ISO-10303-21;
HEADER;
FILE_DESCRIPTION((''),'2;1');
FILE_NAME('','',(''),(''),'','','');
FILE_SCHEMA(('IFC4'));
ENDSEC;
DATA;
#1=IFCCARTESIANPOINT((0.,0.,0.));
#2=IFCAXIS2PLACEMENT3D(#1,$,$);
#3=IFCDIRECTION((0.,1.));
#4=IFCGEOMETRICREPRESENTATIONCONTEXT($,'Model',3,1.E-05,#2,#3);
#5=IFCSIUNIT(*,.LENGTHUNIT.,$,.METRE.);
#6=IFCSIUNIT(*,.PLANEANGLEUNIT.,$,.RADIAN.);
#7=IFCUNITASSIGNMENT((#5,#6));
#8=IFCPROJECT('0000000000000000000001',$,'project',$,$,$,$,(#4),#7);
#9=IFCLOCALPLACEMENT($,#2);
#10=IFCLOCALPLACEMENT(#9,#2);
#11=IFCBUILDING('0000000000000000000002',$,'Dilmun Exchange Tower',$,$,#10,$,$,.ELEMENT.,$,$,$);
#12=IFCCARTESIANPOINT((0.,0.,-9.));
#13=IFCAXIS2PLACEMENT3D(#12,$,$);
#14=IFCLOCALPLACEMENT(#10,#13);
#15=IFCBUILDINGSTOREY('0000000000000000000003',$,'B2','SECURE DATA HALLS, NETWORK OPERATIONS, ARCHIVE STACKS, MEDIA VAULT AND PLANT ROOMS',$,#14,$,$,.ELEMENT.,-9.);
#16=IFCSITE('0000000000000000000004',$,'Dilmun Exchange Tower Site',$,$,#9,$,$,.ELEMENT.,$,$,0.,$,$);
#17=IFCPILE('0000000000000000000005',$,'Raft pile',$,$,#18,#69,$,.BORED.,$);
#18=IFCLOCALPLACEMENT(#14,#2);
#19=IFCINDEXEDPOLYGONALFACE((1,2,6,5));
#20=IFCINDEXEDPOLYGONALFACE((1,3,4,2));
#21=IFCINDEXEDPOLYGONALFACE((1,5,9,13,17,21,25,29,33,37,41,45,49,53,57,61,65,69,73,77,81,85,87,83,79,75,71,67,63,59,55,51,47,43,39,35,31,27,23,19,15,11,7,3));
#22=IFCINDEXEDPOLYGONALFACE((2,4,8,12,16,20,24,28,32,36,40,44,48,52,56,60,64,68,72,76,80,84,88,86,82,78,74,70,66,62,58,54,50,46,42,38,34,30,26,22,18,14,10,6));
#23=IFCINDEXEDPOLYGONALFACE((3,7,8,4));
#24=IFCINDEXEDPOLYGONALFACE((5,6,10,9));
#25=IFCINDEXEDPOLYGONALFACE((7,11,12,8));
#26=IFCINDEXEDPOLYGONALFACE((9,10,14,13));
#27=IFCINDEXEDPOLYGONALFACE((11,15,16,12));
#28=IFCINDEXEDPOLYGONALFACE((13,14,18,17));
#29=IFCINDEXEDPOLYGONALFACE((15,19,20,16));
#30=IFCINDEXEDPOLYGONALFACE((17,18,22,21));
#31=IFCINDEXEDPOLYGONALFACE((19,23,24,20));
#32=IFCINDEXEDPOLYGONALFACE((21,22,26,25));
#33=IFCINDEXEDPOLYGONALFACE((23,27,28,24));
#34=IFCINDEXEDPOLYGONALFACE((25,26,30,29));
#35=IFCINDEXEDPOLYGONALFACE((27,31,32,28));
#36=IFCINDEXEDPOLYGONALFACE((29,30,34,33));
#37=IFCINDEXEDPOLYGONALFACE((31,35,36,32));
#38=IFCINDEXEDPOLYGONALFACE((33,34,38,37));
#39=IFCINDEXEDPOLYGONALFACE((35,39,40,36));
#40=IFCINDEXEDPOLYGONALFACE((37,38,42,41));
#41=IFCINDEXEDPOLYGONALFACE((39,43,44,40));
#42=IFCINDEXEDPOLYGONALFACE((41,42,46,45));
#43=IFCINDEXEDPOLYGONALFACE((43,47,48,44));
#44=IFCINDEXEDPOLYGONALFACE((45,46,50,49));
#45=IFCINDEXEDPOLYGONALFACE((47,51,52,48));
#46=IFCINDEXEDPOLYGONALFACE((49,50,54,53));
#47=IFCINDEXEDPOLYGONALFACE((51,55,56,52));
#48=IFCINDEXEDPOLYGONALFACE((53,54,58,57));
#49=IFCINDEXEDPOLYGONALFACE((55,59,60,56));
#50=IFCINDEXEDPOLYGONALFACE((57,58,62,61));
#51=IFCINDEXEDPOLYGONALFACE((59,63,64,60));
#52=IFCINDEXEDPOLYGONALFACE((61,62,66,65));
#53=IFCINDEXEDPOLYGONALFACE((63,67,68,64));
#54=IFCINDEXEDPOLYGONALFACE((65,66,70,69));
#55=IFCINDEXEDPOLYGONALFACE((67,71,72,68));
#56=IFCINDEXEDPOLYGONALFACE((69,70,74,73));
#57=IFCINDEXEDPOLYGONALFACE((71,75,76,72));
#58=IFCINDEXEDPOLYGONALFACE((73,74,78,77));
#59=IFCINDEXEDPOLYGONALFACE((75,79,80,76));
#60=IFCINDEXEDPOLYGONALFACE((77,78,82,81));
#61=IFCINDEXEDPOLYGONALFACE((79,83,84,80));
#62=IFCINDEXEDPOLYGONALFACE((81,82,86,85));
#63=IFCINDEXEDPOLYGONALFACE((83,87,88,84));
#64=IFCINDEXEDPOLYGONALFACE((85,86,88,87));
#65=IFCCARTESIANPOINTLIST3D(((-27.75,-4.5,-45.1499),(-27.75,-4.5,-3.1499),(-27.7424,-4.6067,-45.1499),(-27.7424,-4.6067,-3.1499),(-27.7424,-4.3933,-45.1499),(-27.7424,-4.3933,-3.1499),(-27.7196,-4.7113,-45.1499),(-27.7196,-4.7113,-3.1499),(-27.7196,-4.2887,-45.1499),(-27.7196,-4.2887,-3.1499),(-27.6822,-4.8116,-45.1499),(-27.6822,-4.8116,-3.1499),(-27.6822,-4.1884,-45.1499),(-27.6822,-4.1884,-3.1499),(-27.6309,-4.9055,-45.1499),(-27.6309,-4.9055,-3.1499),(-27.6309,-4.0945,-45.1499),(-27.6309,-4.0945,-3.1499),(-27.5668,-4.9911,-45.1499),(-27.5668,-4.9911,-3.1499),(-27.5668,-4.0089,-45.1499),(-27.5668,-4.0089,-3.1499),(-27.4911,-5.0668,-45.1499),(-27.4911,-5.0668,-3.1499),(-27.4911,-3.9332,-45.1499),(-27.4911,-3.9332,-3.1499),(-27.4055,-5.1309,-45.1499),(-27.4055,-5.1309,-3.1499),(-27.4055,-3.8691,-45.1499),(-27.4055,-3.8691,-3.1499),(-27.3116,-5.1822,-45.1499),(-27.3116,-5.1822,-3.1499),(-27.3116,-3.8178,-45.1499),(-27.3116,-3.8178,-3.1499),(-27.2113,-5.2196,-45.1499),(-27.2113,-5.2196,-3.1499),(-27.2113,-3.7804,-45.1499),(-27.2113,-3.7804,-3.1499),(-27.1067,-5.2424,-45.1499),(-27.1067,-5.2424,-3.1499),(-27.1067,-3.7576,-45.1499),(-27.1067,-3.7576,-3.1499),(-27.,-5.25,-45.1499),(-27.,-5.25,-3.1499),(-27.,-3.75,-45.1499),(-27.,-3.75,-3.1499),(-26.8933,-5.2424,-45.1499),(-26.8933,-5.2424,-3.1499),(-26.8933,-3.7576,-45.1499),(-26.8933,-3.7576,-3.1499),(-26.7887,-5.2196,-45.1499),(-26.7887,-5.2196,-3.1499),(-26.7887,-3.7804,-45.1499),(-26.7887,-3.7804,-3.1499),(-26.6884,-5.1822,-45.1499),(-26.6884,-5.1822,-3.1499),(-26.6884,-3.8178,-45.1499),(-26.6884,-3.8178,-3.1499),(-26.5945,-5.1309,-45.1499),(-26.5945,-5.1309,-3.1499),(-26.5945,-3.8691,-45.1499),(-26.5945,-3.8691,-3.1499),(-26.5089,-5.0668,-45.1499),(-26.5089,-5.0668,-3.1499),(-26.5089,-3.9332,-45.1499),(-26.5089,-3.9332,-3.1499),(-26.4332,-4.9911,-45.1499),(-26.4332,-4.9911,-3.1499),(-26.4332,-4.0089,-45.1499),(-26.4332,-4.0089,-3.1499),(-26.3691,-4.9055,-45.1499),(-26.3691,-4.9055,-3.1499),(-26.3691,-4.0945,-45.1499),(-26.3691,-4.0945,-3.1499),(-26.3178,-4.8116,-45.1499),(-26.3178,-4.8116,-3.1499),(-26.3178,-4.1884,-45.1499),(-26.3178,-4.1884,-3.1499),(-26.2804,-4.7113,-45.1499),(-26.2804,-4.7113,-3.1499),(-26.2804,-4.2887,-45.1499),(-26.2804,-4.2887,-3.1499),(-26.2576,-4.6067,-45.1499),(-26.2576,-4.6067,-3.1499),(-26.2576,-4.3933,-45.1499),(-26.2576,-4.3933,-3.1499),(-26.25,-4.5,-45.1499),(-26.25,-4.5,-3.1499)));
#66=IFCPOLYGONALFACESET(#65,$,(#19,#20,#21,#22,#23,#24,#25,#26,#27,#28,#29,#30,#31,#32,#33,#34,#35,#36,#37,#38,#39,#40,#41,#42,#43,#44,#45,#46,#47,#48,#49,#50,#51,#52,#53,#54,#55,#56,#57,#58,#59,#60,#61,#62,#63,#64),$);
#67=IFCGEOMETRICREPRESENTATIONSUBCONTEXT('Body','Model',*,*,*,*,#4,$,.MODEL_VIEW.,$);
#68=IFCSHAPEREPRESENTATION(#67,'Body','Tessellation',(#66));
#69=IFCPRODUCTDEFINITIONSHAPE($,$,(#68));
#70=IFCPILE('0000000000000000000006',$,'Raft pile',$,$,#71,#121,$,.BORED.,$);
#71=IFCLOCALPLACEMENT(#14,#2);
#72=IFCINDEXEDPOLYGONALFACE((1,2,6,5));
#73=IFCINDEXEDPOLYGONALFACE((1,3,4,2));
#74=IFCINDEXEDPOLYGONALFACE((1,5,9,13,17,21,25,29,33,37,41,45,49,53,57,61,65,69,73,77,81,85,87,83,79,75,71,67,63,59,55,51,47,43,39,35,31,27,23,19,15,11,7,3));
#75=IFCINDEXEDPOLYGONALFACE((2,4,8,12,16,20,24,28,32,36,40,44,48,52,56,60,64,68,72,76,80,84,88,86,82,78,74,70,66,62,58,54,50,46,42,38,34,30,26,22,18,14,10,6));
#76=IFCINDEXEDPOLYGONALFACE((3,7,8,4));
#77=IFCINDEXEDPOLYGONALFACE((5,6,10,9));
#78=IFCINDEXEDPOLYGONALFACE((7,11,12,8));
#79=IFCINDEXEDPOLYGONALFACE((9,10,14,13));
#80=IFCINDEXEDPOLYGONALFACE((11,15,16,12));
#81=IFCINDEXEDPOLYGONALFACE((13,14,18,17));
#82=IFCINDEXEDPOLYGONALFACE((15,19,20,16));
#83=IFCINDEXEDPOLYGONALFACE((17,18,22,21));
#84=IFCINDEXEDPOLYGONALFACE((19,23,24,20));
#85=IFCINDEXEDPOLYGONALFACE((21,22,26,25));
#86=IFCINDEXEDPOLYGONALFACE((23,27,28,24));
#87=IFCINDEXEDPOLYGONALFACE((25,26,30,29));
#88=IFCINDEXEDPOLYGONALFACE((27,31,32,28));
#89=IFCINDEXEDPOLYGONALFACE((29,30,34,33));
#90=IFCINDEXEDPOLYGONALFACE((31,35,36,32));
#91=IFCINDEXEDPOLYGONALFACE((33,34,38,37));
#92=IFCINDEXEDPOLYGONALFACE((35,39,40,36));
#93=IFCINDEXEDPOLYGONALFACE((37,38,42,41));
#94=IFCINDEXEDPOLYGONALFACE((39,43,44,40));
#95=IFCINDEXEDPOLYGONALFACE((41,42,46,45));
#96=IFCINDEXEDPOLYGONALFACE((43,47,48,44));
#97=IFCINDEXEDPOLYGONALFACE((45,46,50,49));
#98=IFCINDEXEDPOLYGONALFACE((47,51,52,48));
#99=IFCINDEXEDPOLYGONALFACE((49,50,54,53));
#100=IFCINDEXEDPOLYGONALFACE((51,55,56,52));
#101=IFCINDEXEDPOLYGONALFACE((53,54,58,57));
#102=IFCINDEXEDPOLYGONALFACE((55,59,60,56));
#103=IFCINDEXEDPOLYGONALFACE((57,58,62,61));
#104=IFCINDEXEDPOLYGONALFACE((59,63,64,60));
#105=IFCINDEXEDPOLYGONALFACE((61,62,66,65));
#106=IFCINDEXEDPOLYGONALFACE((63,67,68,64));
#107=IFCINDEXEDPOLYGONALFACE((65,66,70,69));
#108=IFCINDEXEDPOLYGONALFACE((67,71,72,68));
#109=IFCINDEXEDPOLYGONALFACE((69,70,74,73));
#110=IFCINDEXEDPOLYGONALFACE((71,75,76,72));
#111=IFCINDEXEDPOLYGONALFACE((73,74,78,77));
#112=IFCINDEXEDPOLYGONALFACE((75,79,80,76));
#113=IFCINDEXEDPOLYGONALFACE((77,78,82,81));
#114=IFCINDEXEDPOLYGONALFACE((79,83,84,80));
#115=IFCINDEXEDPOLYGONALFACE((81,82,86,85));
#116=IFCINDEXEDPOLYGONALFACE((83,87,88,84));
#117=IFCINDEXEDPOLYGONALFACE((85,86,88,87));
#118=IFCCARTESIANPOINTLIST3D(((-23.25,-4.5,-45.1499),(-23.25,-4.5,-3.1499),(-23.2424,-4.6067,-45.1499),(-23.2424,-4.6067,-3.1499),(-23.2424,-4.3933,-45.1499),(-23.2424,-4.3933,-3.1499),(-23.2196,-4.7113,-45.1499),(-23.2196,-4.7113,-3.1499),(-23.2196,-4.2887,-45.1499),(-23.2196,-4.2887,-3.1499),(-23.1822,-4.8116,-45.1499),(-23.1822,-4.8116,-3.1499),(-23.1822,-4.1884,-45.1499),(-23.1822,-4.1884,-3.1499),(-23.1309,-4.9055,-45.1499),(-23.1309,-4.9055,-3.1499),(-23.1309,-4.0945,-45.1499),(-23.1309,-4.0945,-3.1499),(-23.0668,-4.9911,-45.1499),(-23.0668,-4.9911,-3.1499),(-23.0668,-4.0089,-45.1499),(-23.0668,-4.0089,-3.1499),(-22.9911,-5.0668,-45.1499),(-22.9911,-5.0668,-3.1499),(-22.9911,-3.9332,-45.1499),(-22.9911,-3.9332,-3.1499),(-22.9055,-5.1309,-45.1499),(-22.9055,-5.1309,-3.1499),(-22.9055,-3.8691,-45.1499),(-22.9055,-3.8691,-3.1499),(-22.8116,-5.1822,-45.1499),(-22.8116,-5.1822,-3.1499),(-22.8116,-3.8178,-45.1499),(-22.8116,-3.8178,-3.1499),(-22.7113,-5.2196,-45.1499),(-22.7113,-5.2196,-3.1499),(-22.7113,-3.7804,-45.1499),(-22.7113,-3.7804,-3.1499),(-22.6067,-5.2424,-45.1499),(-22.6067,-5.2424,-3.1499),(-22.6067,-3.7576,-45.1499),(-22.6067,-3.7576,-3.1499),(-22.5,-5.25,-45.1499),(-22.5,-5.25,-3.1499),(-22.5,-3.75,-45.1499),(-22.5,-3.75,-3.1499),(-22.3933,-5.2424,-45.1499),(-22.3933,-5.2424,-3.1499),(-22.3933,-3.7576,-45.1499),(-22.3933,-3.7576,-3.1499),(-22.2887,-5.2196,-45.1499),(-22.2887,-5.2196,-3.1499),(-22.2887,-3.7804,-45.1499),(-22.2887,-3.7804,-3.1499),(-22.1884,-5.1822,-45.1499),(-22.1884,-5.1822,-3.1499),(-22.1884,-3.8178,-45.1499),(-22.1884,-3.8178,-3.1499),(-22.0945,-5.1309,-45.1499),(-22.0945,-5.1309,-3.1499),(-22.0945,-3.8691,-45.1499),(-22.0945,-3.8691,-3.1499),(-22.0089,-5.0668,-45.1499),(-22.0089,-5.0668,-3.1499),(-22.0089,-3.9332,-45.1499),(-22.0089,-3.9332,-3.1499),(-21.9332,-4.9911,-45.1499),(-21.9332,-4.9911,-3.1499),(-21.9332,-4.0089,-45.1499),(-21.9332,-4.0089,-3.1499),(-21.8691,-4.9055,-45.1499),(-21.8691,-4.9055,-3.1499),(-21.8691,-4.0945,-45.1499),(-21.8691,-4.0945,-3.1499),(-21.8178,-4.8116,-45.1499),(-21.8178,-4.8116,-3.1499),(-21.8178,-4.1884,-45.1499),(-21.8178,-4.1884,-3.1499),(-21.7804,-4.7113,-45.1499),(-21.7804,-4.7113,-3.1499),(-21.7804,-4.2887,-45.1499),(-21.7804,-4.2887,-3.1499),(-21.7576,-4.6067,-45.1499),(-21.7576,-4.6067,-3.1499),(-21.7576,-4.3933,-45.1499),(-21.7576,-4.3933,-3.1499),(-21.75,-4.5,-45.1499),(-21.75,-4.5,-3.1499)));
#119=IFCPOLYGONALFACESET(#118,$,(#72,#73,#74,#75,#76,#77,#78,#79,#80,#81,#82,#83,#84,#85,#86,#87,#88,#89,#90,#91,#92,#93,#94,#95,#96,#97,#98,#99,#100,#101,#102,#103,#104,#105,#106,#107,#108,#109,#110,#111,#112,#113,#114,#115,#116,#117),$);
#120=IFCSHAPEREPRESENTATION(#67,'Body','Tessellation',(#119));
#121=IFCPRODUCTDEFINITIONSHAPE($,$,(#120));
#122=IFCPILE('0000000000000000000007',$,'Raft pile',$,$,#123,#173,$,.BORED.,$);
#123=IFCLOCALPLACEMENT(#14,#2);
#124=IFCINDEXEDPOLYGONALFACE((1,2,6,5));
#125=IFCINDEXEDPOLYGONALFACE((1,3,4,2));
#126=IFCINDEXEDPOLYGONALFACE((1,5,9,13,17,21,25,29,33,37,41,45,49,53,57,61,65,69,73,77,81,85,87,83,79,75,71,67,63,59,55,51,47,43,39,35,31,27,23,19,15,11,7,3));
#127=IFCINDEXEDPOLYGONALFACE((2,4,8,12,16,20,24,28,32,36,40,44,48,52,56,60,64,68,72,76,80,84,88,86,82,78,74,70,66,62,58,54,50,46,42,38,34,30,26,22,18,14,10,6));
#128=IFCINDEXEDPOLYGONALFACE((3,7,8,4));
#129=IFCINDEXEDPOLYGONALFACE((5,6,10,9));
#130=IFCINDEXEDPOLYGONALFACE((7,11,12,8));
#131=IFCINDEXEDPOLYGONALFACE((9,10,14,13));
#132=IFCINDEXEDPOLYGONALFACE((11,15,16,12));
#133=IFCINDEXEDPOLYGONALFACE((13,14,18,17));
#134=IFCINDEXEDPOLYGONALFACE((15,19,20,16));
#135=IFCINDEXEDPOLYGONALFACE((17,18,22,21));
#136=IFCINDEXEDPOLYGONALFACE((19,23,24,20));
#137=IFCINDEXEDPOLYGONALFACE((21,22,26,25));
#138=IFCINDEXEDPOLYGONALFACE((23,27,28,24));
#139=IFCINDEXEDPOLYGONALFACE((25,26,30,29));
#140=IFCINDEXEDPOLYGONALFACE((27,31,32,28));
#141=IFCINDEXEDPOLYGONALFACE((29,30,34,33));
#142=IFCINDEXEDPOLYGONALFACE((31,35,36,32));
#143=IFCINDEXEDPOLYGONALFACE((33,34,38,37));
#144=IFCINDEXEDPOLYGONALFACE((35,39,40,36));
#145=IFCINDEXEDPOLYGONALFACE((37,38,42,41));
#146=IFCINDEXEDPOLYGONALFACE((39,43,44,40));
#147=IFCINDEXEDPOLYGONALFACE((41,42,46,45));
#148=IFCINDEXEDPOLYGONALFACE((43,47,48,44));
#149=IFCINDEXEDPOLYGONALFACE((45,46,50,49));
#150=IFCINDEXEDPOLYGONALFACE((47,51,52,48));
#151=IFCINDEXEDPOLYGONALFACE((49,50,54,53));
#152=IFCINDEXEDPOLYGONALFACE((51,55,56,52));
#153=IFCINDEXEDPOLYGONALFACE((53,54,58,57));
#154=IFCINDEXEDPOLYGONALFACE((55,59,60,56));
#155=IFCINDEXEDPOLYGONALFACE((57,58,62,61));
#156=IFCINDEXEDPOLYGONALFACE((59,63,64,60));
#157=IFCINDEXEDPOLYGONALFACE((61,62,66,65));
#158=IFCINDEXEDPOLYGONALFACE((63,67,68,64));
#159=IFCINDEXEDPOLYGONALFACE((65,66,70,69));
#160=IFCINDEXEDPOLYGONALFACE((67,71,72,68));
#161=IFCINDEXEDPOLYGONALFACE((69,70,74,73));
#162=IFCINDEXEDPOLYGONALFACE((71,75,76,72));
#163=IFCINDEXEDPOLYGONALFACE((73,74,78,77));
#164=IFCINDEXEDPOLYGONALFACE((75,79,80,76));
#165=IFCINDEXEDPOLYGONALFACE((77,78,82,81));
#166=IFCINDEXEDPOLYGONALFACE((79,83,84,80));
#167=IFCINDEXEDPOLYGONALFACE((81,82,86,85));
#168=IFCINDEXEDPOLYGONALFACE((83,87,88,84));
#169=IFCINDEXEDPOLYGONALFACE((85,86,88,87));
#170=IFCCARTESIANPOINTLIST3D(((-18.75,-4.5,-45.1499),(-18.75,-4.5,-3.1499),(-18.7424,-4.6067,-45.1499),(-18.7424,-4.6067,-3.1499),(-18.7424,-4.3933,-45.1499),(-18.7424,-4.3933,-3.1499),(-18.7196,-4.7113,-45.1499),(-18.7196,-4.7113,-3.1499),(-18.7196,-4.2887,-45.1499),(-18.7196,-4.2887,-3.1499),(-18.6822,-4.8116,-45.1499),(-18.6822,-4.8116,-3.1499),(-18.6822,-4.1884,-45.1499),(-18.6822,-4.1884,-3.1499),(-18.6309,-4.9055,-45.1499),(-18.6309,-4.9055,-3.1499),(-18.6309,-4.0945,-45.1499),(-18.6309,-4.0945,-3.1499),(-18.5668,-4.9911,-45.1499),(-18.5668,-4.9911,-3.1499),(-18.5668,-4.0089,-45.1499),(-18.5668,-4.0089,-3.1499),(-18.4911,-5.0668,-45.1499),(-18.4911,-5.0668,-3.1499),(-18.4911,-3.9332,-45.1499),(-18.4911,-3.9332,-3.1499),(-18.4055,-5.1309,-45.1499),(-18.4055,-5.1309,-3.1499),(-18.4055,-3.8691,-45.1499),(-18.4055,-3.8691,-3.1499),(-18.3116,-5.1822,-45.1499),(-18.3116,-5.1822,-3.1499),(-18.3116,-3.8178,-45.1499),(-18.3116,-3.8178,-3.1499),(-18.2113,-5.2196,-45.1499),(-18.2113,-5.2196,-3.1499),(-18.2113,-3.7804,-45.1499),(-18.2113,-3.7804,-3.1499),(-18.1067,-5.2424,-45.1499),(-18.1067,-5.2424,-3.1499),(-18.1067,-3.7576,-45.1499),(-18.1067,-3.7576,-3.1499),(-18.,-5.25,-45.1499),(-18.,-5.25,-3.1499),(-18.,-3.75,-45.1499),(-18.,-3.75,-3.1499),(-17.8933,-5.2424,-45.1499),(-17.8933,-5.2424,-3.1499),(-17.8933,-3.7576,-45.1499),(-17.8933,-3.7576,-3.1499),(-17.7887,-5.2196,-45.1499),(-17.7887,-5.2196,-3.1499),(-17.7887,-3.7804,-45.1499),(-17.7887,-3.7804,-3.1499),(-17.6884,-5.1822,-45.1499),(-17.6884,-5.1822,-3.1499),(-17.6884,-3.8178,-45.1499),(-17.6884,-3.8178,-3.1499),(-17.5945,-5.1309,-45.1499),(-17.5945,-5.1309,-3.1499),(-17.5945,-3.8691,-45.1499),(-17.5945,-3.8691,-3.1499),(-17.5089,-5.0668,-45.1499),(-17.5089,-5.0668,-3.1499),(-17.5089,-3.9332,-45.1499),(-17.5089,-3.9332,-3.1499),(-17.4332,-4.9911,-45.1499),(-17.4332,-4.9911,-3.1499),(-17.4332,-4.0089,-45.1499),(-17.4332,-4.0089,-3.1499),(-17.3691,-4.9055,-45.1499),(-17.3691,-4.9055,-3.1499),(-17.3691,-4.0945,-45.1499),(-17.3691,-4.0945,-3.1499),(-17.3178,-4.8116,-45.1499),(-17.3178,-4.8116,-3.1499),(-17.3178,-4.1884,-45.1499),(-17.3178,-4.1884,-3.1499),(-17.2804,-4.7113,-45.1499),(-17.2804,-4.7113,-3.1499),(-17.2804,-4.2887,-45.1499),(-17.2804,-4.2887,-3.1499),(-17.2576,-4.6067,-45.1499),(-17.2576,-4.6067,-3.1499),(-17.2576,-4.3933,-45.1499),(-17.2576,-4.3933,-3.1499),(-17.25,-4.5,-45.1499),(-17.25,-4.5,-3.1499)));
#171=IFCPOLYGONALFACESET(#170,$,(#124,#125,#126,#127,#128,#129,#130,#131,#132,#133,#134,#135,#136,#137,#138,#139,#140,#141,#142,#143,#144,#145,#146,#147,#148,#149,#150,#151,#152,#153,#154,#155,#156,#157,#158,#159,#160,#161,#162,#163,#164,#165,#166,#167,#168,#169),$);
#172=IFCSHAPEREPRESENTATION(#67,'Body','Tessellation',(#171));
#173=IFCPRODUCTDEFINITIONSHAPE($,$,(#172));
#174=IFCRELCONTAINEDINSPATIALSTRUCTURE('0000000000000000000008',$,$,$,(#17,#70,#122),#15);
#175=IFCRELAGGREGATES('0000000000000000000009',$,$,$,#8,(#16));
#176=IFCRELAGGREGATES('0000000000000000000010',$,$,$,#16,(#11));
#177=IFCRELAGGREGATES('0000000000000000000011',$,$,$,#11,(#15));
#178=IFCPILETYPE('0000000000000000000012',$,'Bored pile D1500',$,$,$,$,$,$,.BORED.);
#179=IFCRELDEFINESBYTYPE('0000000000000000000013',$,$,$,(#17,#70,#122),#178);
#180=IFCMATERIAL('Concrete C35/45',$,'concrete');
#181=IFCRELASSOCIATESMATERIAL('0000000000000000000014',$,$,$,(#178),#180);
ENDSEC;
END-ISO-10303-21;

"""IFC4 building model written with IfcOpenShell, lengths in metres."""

from ifc_helpers import new_model, si_unit, direction, frame, origin, origin_2d, place, context, subcontext, project, spatial, circle, extrude, material, material_profile, profile_set, type_object, element, save


model = new_model("IFC4")

# Units and contexts
model_context = context("Model", 3, precision=1e-05, world=origin(), true_north=direction((0.0, 1.0)))
body_context = subcontext(model_context, "Body", "Model", "MODEL_VIEW")
ifc_project = project(units=[si_unit("LENGTHUNIT", "METRE"), si_unit("PLANEANGLEUNIT", "RADIAN")], contexts=[model_context])

# Site, building, storey
site_placement = place(None, origin())
site = spatial("IfcSite", under=ifc_project, at=site_placement, Name="Dilmun Exchange Tower Site", CompositionType="ELEMENT", RefElevation=0.0)
building_placement = place(site_placement, origin())
building = spatial("IfcBuilding", under=site, at=building_placement, Name="Dilmun Exchange Tower", CompositionType="ELEMENT")
storey_placement = place(building_placement, frame((0.0, 0.0, -9.0)))
storey = spatial("IfcBuildingStorey", under=building, at=storey_placement, Name="B2", Description="SECURE DATA HALLS, NETWORK OPERATIONS, ARCHIVE STACKS, MEDIA VAULT AND PLANT ROOMS", CompositionType="ELEMENT", Elevation=-9.0)

# Piles
ifc_material_1 = material(Name="Concrete C35/45", Category="concrete")
ifc_material_profile_1 = material_profile(ifc_material_1, circle(Radius=0.75, at=origin_2d()), Name="D1500")
ifc_profile_set_1 = profile_set([ifc_material_profile_1], Name="Concrete C35/45")
pile_type = type_object("IfcPileType", Name="Bored pile D1500", PredefinedType="BORED", material=ifc_profile_set_1)
for number, where, z_axis, x_axis, name in (
    (1, (-27.0, -4.5, -3.1499), (0.0, 0.0, -1.0), (1.0, 0.0, 0.0), "Raft pile"),
    (2, (-22.5, -4.5, -3.1499), (0.0, 0.0, -1.0), (1.0, 0.0, 0.0), "Raft pile"),
    (3, (-18.0, -4.5, -3.1499), (0.0, 0.0, -1.0), (1.0, 0.0, 0.0), "Raft pile"),
):
    element("IfcPile", number, at=place(storey_placement, frame(where, z_axis=z_axis, x_axis=x_axis)), inside=storey, type_object=pile_type, Name=name, PredefinedType="BORED", context=body_context, shape_type="SweptSolid", body=[
        extrude(circle(Radius=0.75, at=origin_2d()), origin(), (0.0, 0.0, 1.0), 42.0),
    ])

save(model, "model.ifc")
